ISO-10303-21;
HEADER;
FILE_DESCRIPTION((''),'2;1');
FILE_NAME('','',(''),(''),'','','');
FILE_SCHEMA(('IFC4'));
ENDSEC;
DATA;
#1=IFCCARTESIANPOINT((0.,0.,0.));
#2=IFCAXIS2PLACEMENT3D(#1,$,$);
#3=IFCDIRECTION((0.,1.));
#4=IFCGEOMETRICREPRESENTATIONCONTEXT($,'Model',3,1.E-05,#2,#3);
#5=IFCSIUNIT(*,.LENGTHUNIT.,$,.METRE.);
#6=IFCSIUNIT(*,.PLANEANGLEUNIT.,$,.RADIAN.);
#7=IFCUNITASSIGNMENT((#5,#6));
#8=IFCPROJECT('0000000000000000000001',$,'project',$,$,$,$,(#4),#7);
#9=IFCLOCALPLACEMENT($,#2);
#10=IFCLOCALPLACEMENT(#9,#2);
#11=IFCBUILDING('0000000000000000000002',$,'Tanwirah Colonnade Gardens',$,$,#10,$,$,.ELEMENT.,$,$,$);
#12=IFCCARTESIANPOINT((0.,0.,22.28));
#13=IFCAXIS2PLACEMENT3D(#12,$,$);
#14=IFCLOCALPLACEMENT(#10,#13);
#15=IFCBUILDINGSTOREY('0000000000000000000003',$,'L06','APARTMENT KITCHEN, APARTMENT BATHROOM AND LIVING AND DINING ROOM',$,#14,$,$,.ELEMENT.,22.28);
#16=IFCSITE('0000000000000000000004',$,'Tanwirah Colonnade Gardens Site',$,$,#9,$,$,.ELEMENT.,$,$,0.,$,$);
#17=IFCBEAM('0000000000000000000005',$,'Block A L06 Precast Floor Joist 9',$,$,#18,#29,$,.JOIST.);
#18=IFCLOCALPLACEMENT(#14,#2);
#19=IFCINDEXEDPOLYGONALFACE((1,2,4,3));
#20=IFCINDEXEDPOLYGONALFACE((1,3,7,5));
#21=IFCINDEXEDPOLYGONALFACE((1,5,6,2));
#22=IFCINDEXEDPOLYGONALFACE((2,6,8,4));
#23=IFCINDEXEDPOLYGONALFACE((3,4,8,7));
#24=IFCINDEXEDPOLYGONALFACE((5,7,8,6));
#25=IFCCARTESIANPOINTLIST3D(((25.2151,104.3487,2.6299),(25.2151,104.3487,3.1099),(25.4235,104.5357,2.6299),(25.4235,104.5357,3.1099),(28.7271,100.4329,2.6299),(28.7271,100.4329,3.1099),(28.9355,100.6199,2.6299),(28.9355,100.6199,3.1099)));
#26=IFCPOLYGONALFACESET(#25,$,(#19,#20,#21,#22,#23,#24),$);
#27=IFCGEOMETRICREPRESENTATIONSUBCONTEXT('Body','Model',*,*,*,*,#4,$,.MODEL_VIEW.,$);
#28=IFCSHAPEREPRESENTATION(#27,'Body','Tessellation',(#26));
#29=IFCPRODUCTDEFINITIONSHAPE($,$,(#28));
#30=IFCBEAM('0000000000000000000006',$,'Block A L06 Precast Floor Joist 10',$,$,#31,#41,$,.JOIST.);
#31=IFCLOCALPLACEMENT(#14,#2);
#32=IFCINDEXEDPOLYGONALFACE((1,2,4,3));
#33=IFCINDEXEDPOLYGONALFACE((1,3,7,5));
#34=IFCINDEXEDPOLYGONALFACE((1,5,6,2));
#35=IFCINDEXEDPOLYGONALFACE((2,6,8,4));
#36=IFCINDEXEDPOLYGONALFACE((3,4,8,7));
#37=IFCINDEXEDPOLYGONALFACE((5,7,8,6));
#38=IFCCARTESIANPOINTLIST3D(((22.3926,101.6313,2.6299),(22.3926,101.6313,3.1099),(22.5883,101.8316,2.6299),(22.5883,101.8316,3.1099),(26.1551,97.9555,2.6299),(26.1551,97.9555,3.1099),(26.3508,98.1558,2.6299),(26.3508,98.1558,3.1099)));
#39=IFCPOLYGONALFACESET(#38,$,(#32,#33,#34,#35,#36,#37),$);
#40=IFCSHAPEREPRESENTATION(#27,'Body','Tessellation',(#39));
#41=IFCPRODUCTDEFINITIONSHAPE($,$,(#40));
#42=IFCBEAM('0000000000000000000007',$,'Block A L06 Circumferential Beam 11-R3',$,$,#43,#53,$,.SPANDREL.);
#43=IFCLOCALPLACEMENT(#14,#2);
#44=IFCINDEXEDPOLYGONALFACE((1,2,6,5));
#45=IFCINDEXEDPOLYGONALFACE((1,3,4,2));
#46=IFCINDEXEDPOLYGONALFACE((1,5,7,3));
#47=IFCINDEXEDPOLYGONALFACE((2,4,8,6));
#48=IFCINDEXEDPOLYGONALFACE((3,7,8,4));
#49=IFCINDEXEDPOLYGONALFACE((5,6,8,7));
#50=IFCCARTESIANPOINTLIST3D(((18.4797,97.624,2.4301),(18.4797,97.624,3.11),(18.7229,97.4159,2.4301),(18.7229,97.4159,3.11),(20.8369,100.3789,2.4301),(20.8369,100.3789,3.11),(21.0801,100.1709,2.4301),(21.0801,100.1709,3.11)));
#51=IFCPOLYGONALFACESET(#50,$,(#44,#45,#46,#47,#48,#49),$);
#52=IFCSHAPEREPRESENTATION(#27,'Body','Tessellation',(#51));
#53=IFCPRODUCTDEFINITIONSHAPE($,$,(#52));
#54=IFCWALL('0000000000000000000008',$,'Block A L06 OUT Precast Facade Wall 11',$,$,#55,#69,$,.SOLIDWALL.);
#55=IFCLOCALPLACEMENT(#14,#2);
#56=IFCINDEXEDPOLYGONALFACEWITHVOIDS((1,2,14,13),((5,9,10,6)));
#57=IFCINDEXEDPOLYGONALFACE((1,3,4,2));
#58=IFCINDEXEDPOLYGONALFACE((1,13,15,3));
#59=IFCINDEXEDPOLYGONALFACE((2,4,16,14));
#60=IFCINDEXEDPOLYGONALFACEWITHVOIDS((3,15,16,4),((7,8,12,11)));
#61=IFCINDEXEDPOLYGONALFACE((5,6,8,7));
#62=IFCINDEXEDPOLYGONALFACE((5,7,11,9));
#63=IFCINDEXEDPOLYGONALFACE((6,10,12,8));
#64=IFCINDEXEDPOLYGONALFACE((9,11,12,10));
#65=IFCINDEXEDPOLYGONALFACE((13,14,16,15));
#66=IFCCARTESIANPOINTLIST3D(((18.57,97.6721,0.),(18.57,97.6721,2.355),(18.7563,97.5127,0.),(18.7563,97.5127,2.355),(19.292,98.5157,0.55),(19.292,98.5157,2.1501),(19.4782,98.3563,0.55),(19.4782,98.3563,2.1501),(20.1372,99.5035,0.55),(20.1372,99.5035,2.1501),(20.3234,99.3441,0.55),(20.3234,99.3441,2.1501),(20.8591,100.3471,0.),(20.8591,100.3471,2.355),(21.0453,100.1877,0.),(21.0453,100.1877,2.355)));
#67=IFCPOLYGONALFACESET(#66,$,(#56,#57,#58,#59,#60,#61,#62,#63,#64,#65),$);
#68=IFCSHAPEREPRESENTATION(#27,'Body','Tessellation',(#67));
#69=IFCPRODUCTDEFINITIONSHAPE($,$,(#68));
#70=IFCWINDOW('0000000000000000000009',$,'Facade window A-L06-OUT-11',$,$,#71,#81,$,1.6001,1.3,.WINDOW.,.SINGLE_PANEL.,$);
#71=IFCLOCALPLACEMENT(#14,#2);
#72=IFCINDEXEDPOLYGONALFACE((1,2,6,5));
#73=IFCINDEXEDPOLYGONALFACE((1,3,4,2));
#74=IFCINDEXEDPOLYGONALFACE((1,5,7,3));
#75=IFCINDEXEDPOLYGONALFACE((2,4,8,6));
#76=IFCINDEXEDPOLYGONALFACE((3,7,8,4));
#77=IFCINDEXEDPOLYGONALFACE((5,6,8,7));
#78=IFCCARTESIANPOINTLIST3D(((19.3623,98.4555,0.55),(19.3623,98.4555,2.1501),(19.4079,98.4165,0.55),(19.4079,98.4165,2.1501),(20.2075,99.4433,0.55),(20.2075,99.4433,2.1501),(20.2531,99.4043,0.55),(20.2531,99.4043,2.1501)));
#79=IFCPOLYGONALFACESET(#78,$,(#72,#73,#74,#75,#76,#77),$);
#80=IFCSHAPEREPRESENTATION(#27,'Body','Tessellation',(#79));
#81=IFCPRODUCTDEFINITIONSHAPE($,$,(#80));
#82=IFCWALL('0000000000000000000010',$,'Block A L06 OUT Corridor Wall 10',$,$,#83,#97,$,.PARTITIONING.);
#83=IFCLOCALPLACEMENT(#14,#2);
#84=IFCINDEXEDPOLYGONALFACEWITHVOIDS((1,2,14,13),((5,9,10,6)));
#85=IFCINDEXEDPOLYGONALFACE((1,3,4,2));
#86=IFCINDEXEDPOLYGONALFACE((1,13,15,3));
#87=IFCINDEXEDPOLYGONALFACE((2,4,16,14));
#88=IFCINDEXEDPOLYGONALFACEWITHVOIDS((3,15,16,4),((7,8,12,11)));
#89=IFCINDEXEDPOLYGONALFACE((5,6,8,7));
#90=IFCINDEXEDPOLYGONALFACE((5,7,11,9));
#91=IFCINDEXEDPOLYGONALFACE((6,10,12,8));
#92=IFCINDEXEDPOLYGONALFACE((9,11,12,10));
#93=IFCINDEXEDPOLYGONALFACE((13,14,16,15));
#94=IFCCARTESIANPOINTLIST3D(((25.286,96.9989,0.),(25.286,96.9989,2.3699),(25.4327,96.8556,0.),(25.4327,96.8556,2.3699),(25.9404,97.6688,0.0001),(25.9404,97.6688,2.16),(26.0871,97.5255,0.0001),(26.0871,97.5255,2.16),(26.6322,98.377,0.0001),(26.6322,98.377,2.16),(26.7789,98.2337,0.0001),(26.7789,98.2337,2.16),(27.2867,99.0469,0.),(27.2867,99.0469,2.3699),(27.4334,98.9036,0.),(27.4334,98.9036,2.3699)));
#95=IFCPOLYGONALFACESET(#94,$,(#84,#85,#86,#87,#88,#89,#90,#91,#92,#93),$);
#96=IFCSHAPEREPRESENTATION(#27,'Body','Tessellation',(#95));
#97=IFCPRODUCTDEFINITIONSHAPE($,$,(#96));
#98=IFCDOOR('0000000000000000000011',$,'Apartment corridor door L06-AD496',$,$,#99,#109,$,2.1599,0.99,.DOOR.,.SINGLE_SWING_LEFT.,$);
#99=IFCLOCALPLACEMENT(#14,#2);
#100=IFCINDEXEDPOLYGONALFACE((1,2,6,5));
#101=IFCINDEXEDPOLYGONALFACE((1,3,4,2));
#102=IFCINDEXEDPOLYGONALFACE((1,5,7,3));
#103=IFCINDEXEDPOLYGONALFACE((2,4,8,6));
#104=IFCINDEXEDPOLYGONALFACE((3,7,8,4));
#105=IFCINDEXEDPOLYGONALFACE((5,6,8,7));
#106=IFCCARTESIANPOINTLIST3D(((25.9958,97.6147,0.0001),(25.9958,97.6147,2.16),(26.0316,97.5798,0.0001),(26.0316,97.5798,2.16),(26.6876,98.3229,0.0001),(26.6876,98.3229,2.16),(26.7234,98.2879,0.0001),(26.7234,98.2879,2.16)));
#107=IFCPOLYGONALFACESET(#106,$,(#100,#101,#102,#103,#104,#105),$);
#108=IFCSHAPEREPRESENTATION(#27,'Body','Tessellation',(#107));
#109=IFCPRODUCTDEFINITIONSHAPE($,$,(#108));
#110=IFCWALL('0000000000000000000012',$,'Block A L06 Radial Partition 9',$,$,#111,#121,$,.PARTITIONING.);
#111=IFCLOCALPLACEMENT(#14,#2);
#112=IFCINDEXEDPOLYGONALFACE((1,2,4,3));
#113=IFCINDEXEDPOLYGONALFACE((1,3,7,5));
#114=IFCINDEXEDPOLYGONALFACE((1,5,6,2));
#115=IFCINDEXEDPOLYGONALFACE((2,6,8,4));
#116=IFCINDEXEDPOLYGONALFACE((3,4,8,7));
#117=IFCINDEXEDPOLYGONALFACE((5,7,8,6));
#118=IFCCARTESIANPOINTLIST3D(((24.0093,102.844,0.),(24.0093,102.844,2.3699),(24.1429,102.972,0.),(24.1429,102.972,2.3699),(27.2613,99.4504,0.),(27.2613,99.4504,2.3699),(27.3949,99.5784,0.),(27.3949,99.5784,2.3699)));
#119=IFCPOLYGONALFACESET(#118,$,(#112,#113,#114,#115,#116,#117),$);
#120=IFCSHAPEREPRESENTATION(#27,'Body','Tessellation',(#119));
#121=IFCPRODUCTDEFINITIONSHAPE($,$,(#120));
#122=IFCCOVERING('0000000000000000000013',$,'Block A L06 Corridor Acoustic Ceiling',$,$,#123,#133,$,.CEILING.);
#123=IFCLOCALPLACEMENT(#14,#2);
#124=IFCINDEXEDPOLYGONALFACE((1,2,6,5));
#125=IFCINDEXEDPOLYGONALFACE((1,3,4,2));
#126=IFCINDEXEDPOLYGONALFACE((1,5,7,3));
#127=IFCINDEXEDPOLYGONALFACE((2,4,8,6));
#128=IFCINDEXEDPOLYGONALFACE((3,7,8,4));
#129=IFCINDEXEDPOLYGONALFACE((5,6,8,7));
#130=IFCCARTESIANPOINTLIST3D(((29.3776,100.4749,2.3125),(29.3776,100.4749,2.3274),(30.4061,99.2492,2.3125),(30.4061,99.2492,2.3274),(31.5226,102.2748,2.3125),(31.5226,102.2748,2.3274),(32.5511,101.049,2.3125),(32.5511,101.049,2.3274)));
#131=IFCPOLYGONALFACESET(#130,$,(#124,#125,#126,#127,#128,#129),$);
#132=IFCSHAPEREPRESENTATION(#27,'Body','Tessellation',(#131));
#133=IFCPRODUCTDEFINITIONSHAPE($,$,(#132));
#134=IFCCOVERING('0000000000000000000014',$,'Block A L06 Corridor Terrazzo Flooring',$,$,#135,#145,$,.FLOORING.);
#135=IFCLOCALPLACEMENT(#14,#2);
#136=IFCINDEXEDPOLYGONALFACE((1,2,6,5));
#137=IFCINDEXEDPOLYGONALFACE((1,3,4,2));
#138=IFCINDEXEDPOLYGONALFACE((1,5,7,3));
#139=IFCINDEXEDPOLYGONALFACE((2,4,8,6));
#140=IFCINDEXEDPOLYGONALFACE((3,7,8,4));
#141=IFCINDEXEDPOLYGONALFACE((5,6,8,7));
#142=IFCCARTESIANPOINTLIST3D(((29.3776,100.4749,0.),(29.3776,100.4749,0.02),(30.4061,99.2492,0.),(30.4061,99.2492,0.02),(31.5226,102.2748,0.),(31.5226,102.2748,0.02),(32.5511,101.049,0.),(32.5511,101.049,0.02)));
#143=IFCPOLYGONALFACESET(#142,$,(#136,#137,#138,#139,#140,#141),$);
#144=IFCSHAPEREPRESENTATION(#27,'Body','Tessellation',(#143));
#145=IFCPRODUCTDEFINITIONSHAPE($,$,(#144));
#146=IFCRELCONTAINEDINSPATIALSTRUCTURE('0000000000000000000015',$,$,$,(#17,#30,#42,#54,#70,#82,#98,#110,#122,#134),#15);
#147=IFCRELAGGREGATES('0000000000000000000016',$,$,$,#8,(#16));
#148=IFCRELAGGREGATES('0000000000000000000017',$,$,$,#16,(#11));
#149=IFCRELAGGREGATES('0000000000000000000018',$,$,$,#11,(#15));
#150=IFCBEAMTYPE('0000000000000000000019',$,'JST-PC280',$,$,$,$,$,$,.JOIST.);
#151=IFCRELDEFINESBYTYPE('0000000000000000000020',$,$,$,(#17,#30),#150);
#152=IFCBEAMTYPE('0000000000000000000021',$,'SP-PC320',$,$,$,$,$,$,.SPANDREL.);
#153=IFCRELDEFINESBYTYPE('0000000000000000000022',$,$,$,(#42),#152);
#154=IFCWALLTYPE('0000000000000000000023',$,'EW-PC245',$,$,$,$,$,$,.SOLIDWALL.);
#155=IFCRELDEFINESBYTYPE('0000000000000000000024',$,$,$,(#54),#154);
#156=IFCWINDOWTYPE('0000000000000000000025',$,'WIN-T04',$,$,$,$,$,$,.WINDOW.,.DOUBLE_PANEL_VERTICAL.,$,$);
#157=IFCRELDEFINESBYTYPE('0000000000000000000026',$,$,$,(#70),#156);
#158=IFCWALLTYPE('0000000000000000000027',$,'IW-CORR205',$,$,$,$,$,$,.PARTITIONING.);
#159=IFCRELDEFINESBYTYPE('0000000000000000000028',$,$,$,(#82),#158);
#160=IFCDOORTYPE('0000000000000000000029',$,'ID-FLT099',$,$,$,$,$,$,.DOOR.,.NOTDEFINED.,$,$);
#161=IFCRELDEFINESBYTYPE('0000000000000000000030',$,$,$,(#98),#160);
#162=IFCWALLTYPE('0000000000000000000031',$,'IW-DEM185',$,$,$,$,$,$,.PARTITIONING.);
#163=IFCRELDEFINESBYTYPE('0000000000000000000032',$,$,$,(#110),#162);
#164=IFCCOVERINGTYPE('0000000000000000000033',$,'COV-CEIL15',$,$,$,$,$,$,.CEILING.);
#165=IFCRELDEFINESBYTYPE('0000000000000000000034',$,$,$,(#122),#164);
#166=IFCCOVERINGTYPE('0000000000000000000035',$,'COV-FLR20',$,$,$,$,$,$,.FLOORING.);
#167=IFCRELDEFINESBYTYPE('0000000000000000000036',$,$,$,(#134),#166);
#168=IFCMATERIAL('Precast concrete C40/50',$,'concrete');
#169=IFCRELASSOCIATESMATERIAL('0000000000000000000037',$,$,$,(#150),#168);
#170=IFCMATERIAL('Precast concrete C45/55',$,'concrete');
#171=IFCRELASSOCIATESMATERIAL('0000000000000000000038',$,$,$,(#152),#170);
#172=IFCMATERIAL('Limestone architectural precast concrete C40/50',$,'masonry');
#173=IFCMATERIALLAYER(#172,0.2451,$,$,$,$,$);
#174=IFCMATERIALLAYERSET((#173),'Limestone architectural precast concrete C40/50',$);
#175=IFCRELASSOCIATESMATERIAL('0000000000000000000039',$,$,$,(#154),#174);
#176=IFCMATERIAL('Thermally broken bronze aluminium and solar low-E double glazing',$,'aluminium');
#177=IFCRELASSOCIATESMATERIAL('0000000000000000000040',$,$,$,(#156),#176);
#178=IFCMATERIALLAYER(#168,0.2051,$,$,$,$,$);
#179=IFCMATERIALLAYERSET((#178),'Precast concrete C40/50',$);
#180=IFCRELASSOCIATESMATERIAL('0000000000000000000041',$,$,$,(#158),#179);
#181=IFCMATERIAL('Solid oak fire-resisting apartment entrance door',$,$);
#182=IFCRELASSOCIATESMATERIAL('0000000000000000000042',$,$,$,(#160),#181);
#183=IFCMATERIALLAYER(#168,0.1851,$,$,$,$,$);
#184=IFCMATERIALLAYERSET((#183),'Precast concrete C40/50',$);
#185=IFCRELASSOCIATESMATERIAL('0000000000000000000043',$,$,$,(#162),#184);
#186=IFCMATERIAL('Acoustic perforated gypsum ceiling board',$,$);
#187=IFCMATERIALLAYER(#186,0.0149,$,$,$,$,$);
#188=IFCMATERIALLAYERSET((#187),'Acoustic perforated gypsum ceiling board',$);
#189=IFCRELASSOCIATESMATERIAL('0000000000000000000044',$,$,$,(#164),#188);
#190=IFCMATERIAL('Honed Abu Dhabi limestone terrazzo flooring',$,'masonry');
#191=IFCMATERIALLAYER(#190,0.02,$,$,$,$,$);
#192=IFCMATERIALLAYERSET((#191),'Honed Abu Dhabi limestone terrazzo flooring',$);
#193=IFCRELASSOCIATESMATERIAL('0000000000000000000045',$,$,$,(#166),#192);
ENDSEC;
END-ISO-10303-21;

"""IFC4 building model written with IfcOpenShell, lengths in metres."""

from ifc_helpers import new_model, si_unit, direction, frame, frame_2d, origin, origin_2d, place, context, subcontext, project, spatial, rectangle, extrude, material, layer, layer_set, material_profile, profile_set, type_object, element, fill, save


model = new_model("IFC4")

# Units and contexts
model_context = context("Model", 3, precision=1e-05, world=origin(), true_north=direction((0.0, 1.0)))
body_context = subcontext(model_context, "Body", "Model", "MODEL_VIEW")
ifc_project = project(units=[si_unit("LENGTHUNIT", "METRE"), si_unit("PLANEANGLEUNIT", "RADIAN")], contexts=[model_context])

# Site, building, storey
site_placement = place(None, origin())
site = spatial("IfcSite", under=ifc_project, at=site_placement, Name="Tanwirah Colonnade Gardens Site", CompositionType="ELEMENT", RefElevation=0.0)
building_placement = place(site_placement, origin())
building = spatial("IfcBuilding", under=site, at=building_placement, Name="Tanwirah Colonnade Gardens", CompositionType="ELEMENT")
storey_placement = place(building_placement, frame((0.0, 0.0, 22.28)))
storey = spatial("IfcBuildingStorey", under=building, at=storey_placement, Name="L06", Description="APARTMENT KITCHEN, APARTMENT BATHROOM AND LIVING AND DINING ROOM", CompositionType="ELEMENT", Elevation=22.28)

# Shared definitions
ifc_material_1 = material(Name="Precast concrete C45/55", Category="concrete")
ifc_material_2 = material(Name="Precast concrete C40/50", Category="concrete")

# Beams
ifc_material_profile_1 = material_profile(ifc_material_2, rectangle(XDim=0.28, YDim=0.48, at=origin_2d()), Name="PC-JST 280x480")
ifc_profile_set_1 = profile_set([ifc_material_profile_1], Name="Precast concrete C40/50")
beam_type_1 = type_object("IfcBeamType", Name="JST-PC280", PredefinedType="JOIST", material=ifc_profile_set_1)
for number, where, z_axis, x_axis, name in (
    (1, (28.8313, 100.5264, 2.8699), (-0.667679, 0.744449, 0.0), (-0.744449, -0.667679, 0.0), "Block A L06 Precast Floor Joist 9"),
    (2, (26.2529, 98.0557, 2.8699), (-0.715297, 0.69882, 0.0), (-0.69882, -0.715297, 0.0), "Block A L06 Precast Floor Joist 10"),
):
    element("IfcBeam", number, at=place(storey_placement, frame(where, z_axis=z_axis, x_axis=x_axis)), inside=storey, type_object=beam_type_1, Name=name, PredefinedType="JOIST", context=body_context, shape_type="SweptSolid", body=[
        extrude(rectangle(XDim=0.28, YDim=0.48, at=origin_2d()), origin(), (0.0, 0.0, 1.0), 5.26),
    ])
ifc_material_profile_2 = material_profile(ifc_material_1, rectangle(XDim=0.3201, YDim=0.6799, at=origin_2d()), Name="PC-SP 320x680")
ifc_profile_set_2 = profile_set([ifc_material_profile_2], Name="Precast concrete C45/55")
beam_type_2 = type_object("IfcBeamType", Name="SP-PC320", PredefinedType="SPANDREL", material=ifc_profile_set_2)
beam_1_placement = place(storey_placement, frame((20.9585, 100.2749, 2.77), z_axis=(-0.650131, -0.759822, 0.0), x_axis=(0.759822, -0.650131, 0.0)))
element("IfcBeam", 3, at=beam_1_placement, inside=storey, type_object=beam_type_2, Name="Block A L06 Circumferential Beam 11-R3", PredefinedType="SPANDREL", context=body_context, shape_type="SweptSolid", body=[
    extrude(rectangle(XDim=0.3201, YDim=0.6799, at=origin_2d()), origin(), (0.0, 0.0, 1.0), 3.6257),
])

# Wall, opening, window
ifc_material_3 = material(Name="Limestone architectural precast concrete C40/50", Category="masonry")
ifc_layer_1 = layer(ifc_material_3, 0.2451)
ifc_layer_set_1 = layer_set([ifc_layer_1], Name="Limestone architectural precast concrete C40/50")
wall_type_1 = type_object("IfcWallType", Name="EW-PC245", PredefinedType="SOLIDWALL", material=ifc_layer_set_1)
wall_1_placement = place(storey_placement, frame((20.9521, 100.2673, 0.0), z_axis=(0.0, 0.0, 1.0), x_axis=(-0.650163, -0.759795, 0.0)))
wall_1 = element("IfcWall", 4, at=wall_1_placement, inside=storey, type_object=wall_type_1, Name="Block A L06 OUT Precast Facade Wall 11", PredefinedType="SOLIDWALL", context=body_context, shape_type="SweptSolid", body=[
    extrude(rectangle(XDim=3.5208, YDim=0.2451, at=frame_2d((1.7603, 0.0))), origin(), (0.0, 0.0, 1.0), 2.355),
])
opening_1_placement = place(wall_1_placement, frame((1.1104, 0.0, 0.55)))
opening_1 = element("IfcOpeningElement", 5, at=opening_1_placement, cuts=wall_1, PredefinedType="OPENING", context=body_context, shape_type="SweptSolid", body=[
    extrude(rectangle(XDim=1.3, YDim=1.6001, at=frame_2d((0.6499, 0.8))), frame((0.0, 0.1326, 0.0), z_axis=(0.0, -1.0, 0.0), x_axis=(1.0, 0.0, 0.0)), (0.0, 0.0, 1.0), 0.2651),
])
ifc_material_4 = material(Name="Thermally broken bronze aluminium and solar low-E double glazing", Category="aluminium")
window_type = type_object("IfcWindowType", Name="WIN-T04", PartitioningType="DOUBLE_PANEL_VERTICAL", PredefinedType="WINDOW", material=ifc_material_4)
window_placement = place(opening_1_placement, origin())
window = element("IfcWindow", 6, at=window_placement, inside=storey, type_object=window_type, Name="Facade window A-L06-OUT-11", OverallHeight=1.6001, OverallWidth=1.3, PartitioningType="SINGLE_PANEL", PredefinedType="WINDOW", context=body_context, shape_type="SweptSolid", body=[
    extrude(rectangle(XDim=1.3, YDim=1.6001, at=frame_2d((0.6499, 0.8))), frame((0.0, 0.03, 0.0), z_axis=(0.0, -1.0, 0.0), x_axis=(1.0, 0.0, 0.0)), (0.0, 0.0, 1.0), 0.0601),
])
fill(opening_1, window)

# Wall, opening, door
ifc_layer_2 = layer(ifc_material_2, 0.2051)
ifc_layer_set_2 = layer_set([ifc_layer_2], Name="Precast concrete C40/50")
wall_type_2 = type_object("IfcWallType", Name="IW-CORR205", PredefinedType="PARTITIONING", material=ifc_layer_set_2)
ifc_material_5 = material(Name="Solid oak fire-resisting apartment entrance door")
wall_2_placement = place(storey_placement, frame((27.3601, 98.9753, 0.0), z_axis=(0.0, 0.0, 1.0), x_axis=(-0.698787, -0.71533, 0.0)))
wall_2 = element("IfcWall", 7, at=wall_2_placement, inside=storey, type_object=wall_type_2, Name="Block A L06 OUT Corridor Wall 10", PredefinedType="PARTITIONING", context=body_context, shape_type="SweptSolid", body=[
    extrude(rectangle(XDim=2.863, YDim=0.2051, at=frame_2d((1.4316, 0.0))), origin(), (0.0, 0.0, 1.0), 2.3699),
])
opening_2_placement = place(wall_2_placement, frame((0.9365, 0.0, 0.0)))
opening_2 = element("IfcOpeningElement", 8, at=opening_2_placement, cuts=wall_2, PredefinedType="OPENING", context=body_context, shape_type="SweptSolid", body=[
    extrude(rectangle(XDim=0.99, YDim=2.1599, at=frame_2d((0.4951, 1.0801))), frame((0.0, 0.1125, 0.0), z_axis=(0.0, -1.0, 0.0), x_axis=(1.0, 0.0, 0.0)), (0.0, 0.0, 1.0), 0.2251),
])
door_type_1 = type_object("IfcDoorType", Name="ID-FLT099", OperationType="NOTDEFINED", PredefinedType="DOOR", material=ifc_material_5)
door_1_placement = place(opening_2_placement, origin())
door_1 = element("IfcDoor", 9, at=door_1_placement, inside=storey, type_object=door_type_1, Name="Apartment corridor door L06-AD496", OperationType="SINGLE_SWING_LEFT", OverallHeight=2.1599, OverallWidth=0.99, PredefinedType="DOOR", context=body_context, shape_type="SweptSolid", body=[
    extrude(rectangle(XDim=0.99, YDim=2.1599, at=frame_2d((0.4951, 1.0801))), frame((0.0, 0.0249, 0.0), z_axis=(0.0, -1.0, 0.0), x_axis=(1.0, 0.0, 0.0)), (0.0, 0.0, 1.0), 0.05),
])
fill(opening_2, door_1)

# Wall
ifc_layer_3 = layer(ifc_material_2, 0.1851)
ifc_layer_set_3 = layer_set([ifc_layer_3], Name="Precast concrete C40/50")
wall_type_3 = type_object("IfcWallType", Name="IW-DEM185", PredefinedType="PARTITIONING", material=ifc_layer_set_3)
wall_3_placement = place(storey_placement, frame((27.3281, 99.5144, 0.0), z_axis=(0.0, 0.0, 1.0), x_axis=(-0.691883, 0.72201, 0.0)))
element("IfcWall", 10, at=wall_3_placement, inside=storey, type_object=wall_type_3, Name="Block A L06 Radial Partition 9", PredefinedType="PARTITIONING", context=body_context, shape_type="SweptSolid", body=[
    extrude(rectangle(XDim=4.7002, YDim=0.1851, at=frame_2d((2.3501, 0.0))), origin(), (0.0, 0.0, 1.0), 2.3699),
])

# Coverings
ifc_material_6 = material(Name="Acoustic perforated gypsum ceiling board")
ifc_layer_4 = layer(ifc_material_6, 0.0149)
ifc_layer_set_4 = layer_set([ifc_layer_4], Name="Acoustic perforated gypsum ceiling board")
covering_type_1 = type_object("IfcCoveringType", Name="COV-CEIL15", PredefinedType="CEILING", material=ifc_layer_set_4)
covering_1_placement = place(storey_placement, frame((30.9644, 100.762, 2.3125), z_axis=(0.0, 0.0, 1.0), x_axis=(-0.766044, -0.642788, 0.0)))
element("IfcCovering", 11, at=covering_1_placement, inside=storey, type_object=covering_type_1, Name="Block A L06 Corridor Acoustic Ceiling", PredefinedType="CEILING", context=body_context, shape_type="SweptSolid", body=[
    extrude(rectangle(XDim=2.8, YDim=1.6001, at=origin_2d()), origin(), (0.0, 0.0, 1.0), 0.0149),
])
ifc_material_7 = material(Name="Honed Abu Dhabi limestone terrazzo flooring", Category="masonry")
ifc_layer_5 = layer(ifc_material_7, 0.02)
ifc_layer_set_5 = layer_set([ifc_layer_5], Name="Honed Abu Dhabi limestone terrazzo flooring")
covering_type_2 = type_object("IfcCoveringType", Name="COV-FLR20", PredefinedType="FLOORING", material=ifc_layer_set_5)
covering_2_placement = place(storey_placement, frame((30.9644, 100.762, 0.0), z_axis=(0.0, 0.0, 1.0), x_axis=(-0.766044, -0.642788, 0.0)))
element("IfcCovering", 12, at=covering_2_placement, inside=storey, type_object=covering_type_2, Name="Block A L06 Corridor Terrazzo Flooring", PredefinedType="FLOORING", context=body_context, shape_type="SweptSolid", body=[
    extrude(rectangle(XDim=2.8, YDim=1.6001, at=origin_2d()), origin(), (0.0, 0.0, 1.0), 0.02),
])

save(model, "model.ifc")
